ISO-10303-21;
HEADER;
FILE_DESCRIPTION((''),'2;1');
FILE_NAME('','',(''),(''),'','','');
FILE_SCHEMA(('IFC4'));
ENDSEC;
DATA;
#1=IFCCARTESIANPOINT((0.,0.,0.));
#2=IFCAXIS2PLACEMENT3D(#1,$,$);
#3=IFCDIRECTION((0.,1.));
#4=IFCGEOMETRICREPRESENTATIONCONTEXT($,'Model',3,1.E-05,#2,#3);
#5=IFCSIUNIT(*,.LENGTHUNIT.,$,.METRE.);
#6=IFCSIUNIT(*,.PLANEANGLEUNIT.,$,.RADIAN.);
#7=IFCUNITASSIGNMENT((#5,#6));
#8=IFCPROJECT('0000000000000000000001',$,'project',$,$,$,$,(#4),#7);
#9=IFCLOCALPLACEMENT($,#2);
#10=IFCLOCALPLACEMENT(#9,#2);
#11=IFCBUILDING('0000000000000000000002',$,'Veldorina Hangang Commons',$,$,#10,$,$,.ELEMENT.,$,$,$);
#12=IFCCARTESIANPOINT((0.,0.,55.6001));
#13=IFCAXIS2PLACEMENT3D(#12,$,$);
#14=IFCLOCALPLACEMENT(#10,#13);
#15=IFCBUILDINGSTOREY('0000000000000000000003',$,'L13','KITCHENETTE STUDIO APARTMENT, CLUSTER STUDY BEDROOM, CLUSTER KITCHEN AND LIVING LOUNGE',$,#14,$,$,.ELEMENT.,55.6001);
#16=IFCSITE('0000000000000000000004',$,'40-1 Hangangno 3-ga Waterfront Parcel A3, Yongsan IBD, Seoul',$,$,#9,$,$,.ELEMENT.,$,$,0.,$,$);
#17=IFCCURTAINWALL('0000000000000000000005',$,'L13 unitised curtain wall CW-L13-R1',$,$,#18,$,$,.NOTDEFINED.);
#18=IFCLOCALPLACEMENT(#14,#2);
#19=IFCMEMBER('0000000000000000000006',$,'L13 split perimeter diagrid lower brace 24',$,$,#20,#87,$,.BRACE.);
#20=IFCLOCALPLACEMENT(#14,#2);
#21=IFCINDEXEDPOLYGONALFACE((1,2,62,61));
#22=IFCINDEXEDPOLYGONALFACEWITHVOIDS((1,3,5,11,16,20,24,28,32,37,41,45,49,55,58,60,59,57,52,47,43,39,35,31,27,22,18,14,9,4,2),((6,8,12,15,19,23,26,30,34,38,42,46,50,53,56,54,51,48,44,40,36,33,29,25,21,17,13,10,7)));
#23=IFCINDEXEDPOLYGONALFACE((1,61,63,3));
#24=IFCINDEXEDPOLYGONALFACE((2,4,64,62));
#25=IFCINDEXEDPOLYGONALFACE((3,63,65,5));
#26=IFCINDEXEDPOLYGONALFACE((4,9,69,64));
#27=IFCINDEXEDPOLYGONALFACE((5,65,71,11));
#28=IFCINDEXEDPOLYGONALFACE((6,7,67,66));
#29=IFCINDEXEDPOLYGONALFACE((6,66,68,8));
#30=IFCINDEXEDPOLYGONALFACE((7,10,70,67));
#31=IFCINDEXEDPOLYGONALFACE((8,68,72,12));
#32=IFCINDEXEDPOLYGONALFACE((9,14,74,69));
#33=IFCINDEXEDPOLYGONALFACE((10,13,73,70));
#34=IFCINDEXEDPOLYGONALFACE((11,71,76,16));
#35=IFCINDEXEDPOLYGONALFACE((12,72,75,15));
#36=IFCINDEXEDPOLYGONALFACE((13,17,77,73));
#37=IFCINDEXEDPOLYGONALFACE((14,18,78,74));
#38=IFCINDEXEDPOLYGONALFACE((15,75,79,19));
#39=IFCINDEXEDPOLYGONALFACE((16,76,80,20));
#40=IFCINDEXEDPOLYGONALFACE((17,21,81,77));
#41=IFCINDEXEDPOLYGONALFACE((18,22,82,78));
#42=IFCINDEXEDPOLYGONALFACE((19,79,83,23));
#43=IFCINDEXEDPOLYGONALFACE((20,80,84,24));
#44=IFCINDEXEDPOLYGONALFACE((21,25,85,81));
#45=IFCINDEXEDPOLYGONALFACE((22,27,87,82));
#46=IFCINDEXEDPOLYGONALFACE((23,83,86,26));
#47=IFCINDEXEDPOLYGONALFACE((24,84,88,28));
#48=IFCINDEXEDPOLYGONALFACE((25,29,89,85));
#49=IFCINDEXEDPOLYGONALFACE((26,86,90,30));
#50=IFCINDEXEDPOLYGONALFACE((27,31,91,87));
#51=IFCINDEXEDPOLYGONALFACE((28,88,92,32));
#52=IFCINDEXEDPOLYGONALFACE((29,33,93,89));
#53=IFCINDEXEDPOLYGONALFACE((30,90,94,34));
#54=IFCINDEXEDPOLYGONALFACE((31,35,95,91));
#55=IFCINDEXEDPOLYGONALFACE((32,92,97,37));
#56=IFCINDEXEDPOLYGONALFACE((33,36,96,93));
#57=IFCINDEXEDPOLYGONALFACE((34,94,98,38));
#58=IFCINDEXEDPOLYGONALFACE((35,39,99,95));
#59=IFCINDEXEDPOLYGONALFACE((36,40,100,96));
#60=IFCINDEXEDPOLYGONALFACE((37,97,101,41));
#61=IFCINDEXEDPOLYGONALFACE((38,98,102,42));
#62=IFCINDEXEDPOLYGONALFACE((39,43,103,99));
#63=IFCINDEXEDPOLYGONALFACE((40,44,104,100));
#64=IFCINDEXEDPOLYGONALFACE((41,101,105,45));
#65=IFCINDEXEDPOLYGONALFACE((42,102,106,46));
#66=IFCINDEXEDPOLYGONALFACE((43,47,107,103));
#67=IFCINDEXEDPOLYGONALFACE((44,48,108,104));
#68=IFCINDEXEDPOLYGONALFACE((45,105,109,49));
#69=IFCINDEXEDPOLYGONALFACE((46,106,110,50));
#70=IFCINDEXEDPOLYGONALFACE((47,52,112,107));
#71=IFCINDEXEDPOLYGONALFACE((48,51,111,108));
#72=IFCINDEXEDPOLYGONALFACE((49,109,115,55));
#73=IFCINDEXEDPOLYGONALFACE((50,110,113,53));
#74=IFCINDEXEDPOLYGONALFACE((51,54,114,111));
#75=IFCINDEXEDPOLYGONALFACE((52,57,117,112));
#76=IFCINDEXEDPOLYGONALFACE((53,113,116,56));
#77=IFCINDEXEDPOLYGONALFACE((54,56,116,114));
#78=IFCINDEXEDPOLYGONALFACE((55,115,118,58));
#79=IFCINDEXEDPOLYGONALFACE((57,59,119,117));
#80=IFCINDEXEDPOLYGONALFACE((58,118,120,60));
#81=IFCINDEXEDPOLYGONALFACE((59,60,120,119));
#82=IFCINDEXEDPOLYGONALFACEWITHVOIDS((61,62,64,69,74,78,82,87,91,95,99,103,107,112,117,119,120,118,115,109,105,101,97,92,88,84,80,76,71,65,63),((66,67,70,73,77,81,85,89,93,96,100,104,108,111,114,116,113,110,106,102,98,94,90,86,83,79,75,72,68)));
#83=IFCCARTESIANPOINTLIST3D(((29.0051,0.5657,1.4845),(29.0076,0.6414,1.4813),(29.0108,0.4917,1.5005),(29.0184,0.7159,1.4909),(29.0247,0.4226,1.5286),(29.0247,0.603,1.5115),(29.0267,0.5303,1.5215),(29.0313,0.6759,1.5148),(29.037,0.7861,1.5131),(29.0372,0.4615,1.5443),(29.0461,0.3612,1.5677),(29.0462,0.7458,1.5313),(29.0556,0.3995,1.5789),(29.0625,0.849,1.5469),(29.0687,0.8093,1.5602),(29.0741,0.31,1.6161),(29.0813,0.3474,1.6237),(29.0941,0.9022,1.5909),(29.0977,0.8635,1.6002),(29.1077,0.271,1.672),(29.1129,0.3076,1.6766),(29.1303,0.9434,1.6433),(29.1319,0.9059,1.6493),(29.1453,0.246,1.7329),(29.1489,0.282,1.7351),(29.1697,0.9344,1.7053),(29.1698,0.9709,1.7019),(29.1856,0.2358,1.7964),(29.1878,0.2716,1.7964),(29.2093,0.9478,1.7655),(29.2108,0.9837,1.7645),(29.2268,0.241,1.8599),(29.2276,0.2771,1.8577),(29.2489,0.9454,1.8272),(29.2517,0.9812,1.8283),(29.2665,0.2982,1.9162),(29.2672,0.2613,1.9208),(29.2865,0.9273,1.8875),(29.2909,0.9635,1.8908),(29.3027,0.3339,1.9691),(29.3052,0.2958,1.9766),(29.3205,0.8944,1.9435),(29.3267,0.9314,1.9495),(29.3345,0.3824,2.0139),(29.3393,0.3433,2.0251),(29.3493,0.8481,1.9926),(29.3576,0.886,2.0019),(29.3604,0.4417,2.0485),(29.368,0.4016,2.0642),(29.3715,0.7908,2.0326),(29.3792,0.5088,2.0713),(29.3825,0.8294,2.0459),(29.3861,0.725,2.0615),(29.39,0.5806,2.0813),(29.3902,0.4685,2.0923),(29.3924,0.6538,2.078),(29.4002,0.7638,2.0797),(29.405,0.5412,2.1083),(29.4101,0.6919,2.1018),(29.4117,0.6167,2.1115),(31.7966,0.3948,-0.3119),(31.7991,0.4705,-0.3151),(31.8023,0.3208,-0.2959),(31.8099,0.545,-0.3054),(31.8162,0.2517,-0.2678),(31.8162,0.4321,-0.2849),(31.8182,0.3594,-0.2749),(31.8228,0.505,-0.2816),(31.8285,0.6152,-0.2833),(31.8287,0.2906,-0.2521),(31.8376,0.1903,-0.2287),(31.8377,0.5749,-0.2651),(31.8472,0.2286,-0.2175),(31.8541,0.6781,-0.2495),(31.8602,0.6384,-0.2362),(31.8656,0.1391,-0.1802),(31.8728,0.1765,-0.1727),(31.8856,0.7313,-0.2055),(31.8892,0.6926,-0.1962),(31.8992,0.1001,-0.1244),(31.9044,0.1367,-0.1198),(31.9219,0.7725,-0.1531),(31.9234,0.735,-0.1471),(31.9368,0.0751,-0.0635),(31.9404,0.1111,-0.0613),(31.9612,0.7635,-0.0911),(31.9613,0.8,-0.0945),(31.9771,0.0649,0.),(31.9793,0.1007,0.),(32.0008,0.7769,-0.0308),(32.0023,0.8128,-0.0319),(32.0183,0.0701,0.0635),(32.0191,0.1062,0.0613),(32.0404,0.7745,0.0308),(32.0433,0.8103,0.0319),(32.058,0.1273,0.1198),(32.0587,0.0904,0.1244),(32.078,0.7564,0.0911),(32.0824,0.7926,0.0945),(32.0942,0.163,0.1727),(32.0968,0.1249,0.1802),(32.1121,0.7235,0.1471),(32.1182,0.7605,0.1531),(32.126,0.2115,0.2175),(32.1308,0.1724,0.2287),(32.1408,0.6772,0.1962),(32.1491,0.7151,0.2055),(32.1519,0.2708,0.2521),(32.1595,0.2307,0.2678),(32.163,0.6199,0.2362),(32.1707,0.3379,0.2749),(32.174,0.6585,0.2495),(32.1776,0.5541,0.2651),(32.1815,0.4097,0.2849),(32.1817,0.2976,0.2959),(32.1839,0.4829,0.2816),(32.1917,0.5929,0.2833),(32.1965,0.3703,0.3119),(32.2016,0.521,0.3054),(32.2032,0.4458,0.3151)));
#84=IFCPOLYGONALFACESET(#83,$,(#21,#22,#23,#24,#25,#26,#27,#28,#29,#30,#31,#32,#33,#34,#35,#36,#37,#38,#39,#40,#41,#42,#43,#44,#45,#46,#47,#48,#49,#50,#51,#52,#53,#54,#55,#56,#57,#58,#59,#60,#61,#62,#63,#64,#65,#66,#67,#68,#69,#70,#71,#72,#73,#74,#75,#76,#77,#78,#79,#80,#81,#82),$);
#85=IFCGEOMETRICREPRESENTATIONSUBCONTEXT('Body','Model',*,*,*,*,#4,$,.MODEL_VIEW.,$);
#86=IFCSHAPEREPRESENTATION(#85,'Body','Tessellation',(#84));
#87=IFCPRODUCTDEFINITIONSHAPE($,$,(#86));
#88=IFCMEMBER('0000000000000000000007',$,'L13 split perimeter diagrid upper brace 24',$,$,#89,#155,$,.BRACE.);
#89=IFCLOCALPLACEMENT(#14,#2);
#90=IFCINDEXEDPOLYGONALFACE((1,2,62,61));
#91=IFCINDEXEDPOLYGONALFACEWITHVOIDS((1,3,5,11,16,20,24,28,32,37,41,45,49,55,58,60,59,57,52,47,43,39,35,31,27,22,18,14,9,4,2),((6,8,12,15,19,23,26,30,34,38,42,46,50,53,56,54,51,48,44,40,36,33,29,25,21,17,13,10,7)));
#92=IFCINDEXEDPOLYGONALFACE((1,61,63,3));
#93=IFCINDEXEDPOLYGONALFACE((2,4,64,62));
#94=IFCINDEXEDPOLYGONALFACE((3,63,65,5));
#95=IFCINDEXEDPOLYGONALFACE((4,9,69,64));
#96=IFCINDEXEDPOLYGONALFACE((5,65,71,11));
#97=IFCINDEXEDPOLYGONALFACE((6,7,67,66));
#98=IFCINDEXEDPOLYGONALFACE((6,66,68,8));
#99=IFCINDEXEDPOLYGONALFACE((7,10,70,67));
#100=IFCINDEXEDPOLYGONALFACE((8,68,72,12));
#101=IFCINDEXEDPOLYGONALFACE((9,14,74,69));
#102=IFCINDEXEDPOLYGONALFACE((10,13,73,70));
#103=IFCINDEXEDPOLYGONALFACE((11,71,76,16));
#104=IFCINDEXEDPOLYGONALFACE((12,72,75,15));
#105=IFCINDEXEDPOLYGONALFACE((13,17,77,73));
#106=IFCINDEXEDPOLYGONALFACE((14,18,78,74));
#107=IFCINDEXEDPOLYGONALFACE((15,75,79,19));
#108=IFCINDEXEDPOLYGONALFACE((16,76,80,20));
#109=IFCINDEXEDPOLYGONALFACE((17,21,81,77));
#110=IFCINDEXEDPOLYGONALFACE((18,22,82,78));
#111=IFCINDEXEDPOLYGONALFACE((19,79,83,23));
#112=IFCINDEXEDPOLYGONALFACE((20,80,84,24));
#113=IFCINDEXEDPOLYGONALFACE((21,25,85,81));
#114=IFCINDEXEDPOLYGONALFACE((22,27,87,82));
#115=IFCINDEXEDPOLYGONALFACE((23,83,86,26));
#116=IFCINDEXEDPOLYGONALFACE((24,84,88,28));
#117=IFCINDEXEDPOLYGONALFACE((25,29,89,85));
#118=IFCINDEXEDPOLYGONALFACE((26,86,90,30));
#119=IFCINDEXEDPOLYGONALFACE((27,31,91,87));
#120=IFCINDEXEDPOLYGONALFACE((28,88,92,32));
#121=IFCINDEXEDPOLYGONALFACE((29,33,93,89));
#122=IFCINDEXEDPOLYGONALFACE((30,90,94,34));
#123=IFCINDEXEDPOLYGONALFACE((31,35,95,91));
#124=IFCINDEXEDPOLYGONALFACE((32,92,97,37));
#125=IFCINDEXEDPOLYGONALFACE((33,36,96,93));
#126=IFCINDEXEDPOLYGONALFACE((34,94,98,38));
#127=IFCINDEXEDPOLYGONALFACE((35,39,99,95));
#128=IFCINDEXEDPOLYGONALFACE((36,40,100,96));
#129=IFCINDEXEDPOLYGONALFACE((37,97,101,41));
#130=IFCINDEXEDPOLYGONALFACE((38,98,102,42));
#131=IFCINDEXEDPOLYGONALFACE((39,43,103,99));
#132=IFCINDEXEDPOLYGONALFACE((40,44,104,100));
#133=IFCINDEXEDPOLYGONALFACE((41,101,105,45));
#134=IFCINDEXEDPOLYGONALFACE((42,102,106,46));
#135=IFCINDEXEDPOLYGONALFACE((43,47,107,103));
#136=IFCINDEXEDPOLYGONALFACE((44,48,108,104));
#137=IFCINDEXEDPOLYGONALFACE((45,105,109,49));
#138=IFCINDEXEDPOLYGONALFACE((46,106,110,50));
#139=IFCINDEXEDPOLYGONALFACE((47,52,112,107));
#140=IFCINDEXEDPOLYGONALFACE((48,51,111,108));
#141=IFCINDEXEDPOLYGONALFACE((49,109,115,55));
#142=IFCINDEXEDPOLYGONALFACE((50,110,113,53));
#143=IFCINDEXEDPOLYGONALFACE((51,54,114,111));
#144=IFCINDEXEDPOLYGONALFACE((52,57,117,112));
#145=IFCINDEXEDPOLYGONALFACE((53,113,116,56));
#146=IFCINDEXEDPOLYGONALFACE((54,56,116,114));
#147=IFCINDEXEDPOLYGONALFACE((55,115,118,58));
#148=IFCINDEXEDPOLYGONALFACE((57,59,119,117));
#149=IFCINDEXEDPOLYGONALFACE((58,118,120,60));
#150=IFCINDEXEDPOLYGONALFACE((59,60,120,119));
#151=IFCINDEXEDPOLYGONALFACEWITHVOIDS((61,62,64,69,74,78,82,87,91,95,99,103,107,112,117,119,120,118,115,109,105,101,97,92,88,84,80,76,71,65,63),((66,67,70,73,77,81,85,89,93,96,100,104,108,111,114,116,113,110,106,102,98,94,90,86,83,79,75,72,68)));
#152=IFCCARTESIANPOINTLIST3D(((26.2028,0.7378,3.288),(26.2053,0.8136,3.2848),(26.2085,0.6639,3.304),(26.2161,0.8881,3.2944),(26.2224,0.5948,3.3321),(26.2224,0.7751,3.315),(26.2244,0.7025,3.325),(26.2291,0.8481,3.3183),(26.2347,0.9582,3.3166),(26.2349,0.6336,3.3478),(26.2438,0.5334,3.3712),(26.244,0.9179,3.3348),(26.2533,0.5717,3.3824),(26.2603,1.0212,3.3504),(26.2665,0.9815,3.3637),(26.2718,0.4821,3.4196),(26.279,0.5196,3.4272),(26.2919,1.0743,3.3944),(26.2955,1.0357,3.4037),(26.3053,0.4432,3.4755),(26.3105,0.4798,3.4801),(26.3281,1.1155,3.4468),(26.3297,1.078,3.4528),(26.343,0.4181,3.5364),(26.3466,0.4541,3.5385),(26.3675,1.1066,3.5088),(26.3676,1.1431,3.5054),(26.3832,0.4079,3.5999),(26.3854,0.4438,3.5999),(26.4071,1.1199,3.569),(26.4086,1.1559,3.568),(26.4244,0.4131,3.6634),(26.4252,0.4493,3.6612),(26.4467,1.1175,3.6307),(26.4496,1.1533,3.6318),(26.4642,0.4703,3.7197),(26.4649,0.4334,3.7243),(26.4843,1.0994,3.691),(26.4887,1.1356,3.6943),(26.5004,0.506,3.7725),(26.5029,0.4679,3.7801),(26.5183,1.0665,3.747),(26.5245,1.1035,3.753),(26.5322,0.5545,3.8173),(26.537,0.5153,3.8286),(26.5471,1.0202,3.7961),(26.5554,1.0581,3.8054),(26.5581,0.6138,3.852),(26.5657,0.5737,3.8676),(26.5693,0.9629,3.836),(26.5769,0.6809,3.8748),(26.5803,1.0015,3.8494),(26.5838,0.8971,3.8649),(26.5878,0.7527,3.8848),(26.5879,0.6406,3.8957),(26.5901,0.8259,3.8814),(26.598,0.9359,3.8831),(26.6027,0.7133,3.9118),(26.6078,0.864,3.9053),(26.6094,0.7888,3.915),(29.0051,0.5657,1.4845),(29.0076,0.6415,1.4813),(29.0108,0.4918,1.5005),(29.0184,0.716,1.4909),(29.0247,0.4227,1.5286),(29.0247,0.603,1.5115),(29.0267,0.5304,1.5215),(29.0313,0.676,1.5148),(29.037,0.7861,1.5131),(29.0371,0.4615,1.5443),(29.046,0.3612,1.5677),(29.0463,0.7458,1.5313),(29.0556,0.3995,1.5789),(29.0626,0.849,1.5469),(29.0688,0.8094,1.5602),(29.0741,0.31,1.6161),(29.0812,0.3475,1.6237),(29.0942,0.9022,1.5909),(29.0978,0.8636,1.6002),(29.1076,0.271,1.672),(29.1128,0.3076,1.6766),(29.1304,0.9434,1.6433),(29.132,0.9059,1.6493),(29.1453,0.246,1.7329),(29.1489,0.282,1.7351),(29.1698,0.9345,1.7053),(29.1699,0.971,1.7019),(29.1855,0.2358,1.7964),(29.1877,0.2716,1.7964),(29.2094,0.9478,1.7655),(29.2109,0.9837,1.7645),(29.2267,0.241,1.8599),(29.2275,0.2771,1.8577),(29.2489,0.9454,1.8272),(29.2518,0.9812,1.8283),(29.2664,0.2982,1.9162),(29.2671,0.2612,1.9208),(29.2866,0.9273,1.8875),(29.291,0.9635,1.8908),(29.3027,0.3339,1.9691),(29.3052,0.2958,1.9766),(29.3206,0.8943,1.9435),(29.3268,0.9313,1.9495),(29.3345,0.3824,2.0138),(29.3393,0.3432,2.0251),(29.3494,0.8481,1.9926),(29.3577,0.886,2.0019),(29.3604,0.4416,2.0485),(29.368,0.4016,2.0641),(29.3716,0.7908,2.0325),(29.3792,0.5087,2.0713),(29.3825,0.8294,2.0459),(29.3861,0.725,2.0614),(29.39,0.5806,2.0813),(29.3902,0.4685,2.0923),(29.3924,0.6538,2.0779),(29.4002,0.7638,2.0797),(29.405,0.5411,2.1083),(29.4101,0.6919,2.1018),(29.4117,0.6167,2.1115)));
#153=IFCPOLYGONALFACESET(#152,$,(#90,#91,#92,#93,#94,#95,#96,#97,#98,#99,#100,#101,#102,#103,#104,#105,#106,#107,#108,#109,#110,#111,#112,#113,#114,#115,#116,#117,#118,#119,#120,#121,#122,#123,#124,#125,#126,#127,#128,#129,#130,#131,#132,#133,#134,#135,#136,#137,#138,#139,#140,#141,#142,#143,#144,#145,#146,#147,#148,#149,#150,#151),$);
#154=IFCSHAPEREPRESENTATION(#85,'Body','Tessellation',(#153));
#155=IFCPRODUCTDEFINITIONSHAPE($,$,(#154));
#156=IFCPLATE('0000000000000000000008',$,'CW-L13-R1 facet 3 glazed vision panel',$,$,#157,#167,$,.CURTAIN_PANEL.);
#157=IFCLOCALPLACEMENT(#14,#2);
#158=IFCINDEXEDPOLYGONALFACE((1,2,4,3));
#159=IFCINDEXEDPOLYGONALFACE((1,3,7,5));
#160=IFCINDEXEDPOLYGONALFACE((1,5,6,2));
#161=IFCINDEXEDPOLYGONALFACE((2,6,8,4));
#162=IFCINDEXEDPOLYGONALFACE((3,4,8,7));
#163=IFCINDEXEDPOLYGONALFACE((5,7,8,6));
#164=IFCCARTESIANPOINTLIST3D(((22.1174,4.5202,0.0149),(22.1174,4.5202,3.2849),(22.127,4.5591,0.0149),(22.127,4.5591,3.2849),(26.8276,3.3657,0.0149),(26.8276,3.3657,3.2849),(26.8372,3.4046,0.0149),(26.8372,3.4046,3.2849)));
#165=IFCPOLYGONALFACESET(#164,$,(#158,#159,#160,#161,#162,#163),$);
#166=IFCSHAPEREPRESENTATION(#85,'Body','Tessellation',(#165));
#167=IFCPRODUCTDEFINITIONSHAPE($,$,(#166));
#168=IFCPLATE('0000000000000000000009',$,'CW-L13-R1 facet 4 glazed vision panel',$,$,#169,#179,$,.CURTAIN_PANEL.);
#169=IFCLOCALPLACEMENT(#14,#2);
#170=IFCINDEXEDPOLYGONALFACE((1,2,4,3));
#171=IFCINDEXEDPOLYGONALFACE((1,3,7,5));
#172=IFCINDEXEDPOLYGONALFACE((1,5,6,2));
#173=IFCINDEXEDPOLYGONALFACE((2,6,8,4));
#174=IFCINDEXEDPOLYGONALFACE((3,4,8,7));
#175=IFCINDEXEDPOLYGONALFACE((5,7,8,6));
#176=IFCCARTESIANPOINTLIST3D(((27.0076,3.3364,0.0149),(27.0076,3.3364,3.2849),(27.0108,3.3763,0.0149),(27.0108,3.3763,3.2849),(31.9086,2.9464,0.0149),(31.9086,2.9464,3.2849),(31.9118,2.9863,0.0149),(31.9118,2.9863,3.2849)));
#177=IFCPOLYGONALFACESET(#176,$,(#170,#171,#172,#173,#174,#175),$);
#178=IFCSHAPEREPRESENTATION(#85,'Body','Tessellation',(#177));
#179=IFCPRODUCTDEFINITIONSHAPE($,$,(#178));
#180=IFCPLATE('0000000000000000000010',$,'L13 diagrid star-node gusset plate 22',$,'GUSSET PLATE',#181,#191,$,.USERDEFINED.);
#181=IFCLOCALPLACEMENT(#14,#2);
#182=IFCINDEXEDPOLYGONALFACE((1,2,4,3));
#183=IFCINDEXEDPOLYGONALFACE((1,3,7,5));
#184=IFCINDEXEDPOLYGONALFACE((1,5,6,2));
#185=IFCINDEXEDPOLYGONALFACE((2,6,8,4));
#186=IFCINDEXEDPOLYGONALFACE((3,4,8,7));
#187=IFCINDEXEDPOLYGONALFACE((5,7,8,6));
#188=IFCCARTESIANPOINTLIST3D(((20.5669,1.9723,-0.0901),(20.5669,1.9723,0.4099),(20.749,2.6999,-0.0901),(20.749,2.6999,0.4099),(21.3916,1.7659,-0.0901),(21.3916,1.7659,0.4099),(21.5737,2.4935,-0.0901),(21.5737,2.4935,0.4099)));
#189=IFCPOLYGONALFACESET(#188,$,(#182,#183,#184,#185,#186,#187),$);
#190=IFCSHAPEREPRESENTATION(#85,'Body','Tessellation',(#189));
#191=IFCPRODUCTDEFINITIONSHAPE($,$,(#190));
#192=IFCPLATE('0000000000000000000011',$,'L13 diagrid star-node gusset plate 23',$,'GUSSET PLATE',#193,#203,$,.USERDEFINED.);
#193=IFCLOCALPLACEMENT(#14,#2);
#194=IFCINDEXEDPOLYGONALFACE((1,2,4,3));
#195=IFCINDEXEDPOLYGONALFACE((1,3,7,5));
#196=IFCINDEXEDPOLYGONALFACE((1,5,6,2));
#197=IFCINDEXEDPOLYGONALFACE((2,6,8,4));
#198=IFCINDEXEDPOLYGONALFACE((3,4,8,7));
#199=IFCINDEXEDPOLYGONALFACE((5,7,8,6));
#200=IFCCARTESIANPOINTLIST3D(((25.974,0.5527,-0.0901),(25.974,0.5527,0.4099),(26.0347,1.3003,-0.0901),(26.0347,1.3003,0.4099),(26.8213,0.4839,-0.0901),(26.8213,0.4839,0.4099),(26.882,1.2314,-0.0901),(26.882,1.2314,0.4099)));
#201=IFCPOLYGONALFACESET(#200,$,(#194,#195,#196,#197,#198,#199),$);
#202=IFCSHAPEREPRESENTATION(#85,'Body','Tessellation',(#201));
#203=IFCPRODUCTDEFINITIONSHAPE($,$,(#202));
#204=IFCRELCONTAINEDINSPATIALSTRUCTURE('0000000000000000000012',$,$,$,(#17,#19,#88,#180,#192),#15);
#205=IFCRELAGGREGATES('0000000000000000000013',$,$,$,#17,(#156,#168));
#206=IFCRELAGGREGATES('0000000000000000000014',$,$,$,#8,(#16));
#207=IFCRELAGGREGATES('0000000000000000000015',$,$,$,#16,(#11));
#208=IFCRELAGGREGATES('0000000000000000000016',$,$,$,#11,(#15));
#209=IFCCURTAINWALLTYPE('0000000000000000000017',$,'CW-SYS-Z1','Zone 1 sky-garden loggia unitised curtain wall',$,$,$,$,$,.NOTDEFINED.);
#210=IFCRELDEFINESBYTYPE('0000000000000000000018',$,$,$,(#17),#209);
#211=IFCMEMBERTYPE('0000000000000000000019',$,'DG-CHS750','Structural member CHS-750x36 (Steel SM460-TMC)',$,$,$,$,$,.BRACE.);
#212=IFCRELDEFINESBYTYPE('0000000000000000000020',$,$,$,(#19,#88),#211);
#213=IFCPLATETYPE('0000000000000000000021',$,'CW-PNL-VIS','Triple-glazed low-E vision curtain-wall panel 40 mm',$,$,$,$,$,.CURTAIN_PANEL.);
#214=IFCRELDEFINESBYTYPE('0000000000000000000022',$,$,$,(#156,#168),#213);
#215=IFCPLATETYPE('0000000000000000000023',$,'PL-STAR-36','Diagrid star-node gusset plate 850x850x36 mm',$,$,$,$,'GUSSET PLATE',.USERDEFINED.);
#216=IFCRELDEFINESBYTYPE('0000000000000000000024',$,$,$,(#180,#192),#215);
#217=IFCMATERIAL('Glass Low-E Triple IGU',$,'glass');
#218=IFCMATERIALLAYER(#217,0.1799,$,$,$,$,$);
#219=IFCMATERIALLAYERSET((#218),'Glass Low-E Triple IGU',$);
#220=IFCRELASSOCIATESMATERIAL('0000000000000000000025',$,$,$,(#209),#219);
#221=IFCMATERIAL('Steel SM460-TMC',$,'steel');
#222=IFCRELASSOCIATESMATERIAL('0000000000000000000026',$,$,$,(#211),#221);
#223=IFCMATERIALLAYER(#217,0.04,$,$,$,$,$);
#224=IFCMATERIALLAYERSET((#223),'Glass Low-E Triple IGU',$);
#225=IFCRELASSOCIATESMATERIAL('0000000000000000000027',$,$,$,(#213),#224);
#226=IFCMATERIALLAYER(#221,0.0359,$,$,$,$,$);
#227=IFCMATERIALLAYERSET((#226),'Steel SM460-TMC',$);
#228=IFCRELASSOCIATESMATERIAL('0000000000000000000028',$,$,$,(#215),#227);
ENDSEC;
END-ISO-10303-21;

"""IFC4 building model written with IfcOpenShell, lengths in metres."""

from ifc_helpers import new_model, si_unit, direction, frame, origin, origin_2d, place, context, subcontext, project, spatial, rectangle, hollow_circle, extrude, material, layer, layer_set, material_profile, profile_set, type_object, element, aggregate, save


model = new_model("IFC4")

# Units and contexts
model_context = context("Model", 3, precision=1e-05, world=origin(), true_north=direction((0.0, 1.0)))
body_context = subcontext(model_context, "Body", "Model", "MODEL_VIEW")
ifc_project = project(units=[si_unit("LENGTHUNIT", "METRE"), si_unit("PLANEANGLEUNIT", "RADIAN")], contexts=[model_context])

# Site, building, storey
site_placement = place(None, origin())
site = spatial("IfcSite", under=ifc_project, at=site_placement, Name="40-1 Hangangno 3-ga Waterfront Parcel A3, Yongsan IBD, Seoul", CompositionType="ELEMENT", RefElevation=0.0)
building_placement = place(site_placement, origin())
building = spatial("IfcBuilding", under=site, at=building_placement, Name="Veldorina Hangang Commons", CompositionType="ELEMENT")
storey_placement = place(building_placement, frame((0.0, 0.0, 55.6001)))
storey = spatial("IfcBuildingStorey", under=building, at=storey_placement, Name="L13", Description="KITCHENETTE STUDIO APARTMENT, CLUSTER STUDY BEDROOM, CLUSTER KITCHEN AND LIVING LOUNGE", CompositionType="ELEMENT", Elevation=55.6001)

# Shared definitions
ifc_material_1 = material(Name="Steel SM460-TMC", Category="steel")

# Curtain wall
ifc_material_2 = material(Name="Glass Low-E Triple IGU", Category="glass")
ifc_layer_1 = layer(ifc_material_2, 0.1799)
ifc_layer_set_1 = layer_set([ifc_layer_1], Name="Glass Low-E Triple IGU")
curtain_wall_type = type_object("IfcCurtainWallType", Name="CW-SYS-Z1", Description="Zone 1 sky-garden loggia unitised curtain wall", PredefinedType="NOTDEFINED", material=ifc_layer_set_1)
curtain_wall_placement = place(storey_placement, origin())
curtain_wall = element("IfcCurtainWall", 1, at=curtain_wall_placement, inside=storey, type_object=curtain_wall_type, Name="L13 unitised curtain wall CW-L13-R1", PredefinedType="NOTDEFINED")

# Members
ifc_material_profile_1 = material_profile(ifc_material_1, hollow_circle(Radius=0.375, WallThickness=0.0359, at=origin_2d()), Name="CHS-750x36")
ifc_profile_set_1 = profile_set([ifc_material_profile_1], Name="Steel SM460-TMC")
member_type_1 = type_object("IfcMemberType", Name="DG-CHS750", Description="Structural member CHS-750x36 (Steel SM460-TMC)", PredefinedType="BRACE", material=ifc_profile_set_1)
member_1_placement = place(storey_placement, frame((32.0, 0.4392, 0.0), z_axis=(-0.839813, 0.051414, 0.540436), x_axis=(-0.061107, -0.998131, 0.0)))
element("IfcMember", 2, at=member_1_placement, inside=storey, type_object=member_type_1, Name="L13 split perimeter diagrid lower brace 24", PredefinedType="BRACE", context=body_context, shape_type="SweptSolid", body=[
    extrude(hollow_circle(Radius=0.375, WallThickness=0.0359, at=origin_2d()), origin(), (0.0, 0.0, 1.0), 3.324),
])
member_2_placement = place(storey_placement, frame((29.2085, 0.6101, 1.7964), z_axis=(-0.839783, 0.051581, 0.540467), x_axis=(-0.061306, -0.998119, 0.0)))
element("IfcMember", 3, at=member_2_placement, inside=storey, type_object=member_type_1, Name="L13 split perimeter diagrid upper brace 24", PredefinedType="BRACE", context=body_context, shape_type="SweptSolid", body=[
    extrude(hollow_circle(Radius=0.375, WallThickness=0.0359, at=origin_2d()), origin(), (0.0, 0.0, 1.0), 3.3369),
])

# Plates
ifc_layer_2 = layer(ifc_material_2, 0.04)
ifc_layer_set_2 = layer_set([ifc_layer_2], Name="Glass Low-E Triple IGU")
plate_type_1 = type_object("IfcPlateType", Name="CW-PNL-VIS", Description="Triple-glazed low-E vision curtain-wall panel 40 mm", PredefinedType="CURTAIN_PANEL", material=ifc_layer_set_2)
plate_1_placement = place(storey_placement, frame((24.4773, 3.9624, 0.0149), z_axis=(0.0, 0.0, 1.0), x_axis=(0.971251, -0.238059, 0.0)))
plate_1 = element("IfcPlate", 4, at=plate_1_placement, type_object=plate_type_1, Name="CW-L13-R1 facet 3 glazed vision panel", PredefinedType="CURTAIN_PANEL", context=body_context, shape_type="SweptSolid", body=[
    extrude(rectangle(XDim=4.8496, YDim=0.04, at=origin_2d()), origin(), (0.0, 0.0, 1.0), 3.27),
])
plate_2_placement = place(storey_placement, frame((29.4597, 3.1614, 0.0149), z_axis=(0.0, 0.0, 1.0), x_axis=(0.996848, -0.079329, 0.0)))
plate_2 = element("IfcPlate", 5, at=plate_2_placement, type_object=plate_type_1, Name="CW-L13-R1 facet 4 glazed vision panel", PredefinedType="CURTAIN_PANEL", context=body_context, shape_type="SweptSolid", body=[
    extrude(rectangle(XDim=4.9165, YDim=0.04, at=origin_2d()), origin(), (0.0, 0.0, 1.0), 3.27),
])
aggregate(curtain_wall, [plate_1, plate_2])

# Plates
ifc_layer_3 = layer(ifc_material_1, 0.0359)
ifc_layer_set_3 = layer_set([ifc_layer_3], Name="Steel SM460-TMC")
plate_type_2 = type_object("IfcPlateType", Name="PL-STAR-36", Description="Diagrid star-node gusset plate 850x850x36 mm", ElementType="GUSSET PLATE", PredefinedType="USERDEFINED", material=ifc_layer_set_3)
for number, where, z_axis, x_axis, name in (
    (6, (21.0703, 2.2329, -0.0901), (0.0, 0.0, 1.0), (0.970084, -0.242769, 0.0), "L13 diagrid star-node gusset plate 22"),
    (7, (26.428, 0.8921, -0.0901), (0.0, 0.0, 1.0), (0.996716, -0.080982, 0.0), "L13 diagrid star-node gusset plate 23"),
):
    element("IfcPlate", number, at=place(storey_placement, frame(where, z_axis=z_axis, x_axis=x_axis)), inside=storey, type_object=plate_type_2, Name=name, ObjectType="GUSSET PLATE", PredefinedType="USERDEFINED", context=body_context, shape_type="SweptSolid", body=[
        extrude(rectangle(XDim=0.8501, YDim=0.75, at=origin_2d()), origin(), (0.0, 0.0, 1.0), 0.5),
    ])

save(model, "model.ifc")
